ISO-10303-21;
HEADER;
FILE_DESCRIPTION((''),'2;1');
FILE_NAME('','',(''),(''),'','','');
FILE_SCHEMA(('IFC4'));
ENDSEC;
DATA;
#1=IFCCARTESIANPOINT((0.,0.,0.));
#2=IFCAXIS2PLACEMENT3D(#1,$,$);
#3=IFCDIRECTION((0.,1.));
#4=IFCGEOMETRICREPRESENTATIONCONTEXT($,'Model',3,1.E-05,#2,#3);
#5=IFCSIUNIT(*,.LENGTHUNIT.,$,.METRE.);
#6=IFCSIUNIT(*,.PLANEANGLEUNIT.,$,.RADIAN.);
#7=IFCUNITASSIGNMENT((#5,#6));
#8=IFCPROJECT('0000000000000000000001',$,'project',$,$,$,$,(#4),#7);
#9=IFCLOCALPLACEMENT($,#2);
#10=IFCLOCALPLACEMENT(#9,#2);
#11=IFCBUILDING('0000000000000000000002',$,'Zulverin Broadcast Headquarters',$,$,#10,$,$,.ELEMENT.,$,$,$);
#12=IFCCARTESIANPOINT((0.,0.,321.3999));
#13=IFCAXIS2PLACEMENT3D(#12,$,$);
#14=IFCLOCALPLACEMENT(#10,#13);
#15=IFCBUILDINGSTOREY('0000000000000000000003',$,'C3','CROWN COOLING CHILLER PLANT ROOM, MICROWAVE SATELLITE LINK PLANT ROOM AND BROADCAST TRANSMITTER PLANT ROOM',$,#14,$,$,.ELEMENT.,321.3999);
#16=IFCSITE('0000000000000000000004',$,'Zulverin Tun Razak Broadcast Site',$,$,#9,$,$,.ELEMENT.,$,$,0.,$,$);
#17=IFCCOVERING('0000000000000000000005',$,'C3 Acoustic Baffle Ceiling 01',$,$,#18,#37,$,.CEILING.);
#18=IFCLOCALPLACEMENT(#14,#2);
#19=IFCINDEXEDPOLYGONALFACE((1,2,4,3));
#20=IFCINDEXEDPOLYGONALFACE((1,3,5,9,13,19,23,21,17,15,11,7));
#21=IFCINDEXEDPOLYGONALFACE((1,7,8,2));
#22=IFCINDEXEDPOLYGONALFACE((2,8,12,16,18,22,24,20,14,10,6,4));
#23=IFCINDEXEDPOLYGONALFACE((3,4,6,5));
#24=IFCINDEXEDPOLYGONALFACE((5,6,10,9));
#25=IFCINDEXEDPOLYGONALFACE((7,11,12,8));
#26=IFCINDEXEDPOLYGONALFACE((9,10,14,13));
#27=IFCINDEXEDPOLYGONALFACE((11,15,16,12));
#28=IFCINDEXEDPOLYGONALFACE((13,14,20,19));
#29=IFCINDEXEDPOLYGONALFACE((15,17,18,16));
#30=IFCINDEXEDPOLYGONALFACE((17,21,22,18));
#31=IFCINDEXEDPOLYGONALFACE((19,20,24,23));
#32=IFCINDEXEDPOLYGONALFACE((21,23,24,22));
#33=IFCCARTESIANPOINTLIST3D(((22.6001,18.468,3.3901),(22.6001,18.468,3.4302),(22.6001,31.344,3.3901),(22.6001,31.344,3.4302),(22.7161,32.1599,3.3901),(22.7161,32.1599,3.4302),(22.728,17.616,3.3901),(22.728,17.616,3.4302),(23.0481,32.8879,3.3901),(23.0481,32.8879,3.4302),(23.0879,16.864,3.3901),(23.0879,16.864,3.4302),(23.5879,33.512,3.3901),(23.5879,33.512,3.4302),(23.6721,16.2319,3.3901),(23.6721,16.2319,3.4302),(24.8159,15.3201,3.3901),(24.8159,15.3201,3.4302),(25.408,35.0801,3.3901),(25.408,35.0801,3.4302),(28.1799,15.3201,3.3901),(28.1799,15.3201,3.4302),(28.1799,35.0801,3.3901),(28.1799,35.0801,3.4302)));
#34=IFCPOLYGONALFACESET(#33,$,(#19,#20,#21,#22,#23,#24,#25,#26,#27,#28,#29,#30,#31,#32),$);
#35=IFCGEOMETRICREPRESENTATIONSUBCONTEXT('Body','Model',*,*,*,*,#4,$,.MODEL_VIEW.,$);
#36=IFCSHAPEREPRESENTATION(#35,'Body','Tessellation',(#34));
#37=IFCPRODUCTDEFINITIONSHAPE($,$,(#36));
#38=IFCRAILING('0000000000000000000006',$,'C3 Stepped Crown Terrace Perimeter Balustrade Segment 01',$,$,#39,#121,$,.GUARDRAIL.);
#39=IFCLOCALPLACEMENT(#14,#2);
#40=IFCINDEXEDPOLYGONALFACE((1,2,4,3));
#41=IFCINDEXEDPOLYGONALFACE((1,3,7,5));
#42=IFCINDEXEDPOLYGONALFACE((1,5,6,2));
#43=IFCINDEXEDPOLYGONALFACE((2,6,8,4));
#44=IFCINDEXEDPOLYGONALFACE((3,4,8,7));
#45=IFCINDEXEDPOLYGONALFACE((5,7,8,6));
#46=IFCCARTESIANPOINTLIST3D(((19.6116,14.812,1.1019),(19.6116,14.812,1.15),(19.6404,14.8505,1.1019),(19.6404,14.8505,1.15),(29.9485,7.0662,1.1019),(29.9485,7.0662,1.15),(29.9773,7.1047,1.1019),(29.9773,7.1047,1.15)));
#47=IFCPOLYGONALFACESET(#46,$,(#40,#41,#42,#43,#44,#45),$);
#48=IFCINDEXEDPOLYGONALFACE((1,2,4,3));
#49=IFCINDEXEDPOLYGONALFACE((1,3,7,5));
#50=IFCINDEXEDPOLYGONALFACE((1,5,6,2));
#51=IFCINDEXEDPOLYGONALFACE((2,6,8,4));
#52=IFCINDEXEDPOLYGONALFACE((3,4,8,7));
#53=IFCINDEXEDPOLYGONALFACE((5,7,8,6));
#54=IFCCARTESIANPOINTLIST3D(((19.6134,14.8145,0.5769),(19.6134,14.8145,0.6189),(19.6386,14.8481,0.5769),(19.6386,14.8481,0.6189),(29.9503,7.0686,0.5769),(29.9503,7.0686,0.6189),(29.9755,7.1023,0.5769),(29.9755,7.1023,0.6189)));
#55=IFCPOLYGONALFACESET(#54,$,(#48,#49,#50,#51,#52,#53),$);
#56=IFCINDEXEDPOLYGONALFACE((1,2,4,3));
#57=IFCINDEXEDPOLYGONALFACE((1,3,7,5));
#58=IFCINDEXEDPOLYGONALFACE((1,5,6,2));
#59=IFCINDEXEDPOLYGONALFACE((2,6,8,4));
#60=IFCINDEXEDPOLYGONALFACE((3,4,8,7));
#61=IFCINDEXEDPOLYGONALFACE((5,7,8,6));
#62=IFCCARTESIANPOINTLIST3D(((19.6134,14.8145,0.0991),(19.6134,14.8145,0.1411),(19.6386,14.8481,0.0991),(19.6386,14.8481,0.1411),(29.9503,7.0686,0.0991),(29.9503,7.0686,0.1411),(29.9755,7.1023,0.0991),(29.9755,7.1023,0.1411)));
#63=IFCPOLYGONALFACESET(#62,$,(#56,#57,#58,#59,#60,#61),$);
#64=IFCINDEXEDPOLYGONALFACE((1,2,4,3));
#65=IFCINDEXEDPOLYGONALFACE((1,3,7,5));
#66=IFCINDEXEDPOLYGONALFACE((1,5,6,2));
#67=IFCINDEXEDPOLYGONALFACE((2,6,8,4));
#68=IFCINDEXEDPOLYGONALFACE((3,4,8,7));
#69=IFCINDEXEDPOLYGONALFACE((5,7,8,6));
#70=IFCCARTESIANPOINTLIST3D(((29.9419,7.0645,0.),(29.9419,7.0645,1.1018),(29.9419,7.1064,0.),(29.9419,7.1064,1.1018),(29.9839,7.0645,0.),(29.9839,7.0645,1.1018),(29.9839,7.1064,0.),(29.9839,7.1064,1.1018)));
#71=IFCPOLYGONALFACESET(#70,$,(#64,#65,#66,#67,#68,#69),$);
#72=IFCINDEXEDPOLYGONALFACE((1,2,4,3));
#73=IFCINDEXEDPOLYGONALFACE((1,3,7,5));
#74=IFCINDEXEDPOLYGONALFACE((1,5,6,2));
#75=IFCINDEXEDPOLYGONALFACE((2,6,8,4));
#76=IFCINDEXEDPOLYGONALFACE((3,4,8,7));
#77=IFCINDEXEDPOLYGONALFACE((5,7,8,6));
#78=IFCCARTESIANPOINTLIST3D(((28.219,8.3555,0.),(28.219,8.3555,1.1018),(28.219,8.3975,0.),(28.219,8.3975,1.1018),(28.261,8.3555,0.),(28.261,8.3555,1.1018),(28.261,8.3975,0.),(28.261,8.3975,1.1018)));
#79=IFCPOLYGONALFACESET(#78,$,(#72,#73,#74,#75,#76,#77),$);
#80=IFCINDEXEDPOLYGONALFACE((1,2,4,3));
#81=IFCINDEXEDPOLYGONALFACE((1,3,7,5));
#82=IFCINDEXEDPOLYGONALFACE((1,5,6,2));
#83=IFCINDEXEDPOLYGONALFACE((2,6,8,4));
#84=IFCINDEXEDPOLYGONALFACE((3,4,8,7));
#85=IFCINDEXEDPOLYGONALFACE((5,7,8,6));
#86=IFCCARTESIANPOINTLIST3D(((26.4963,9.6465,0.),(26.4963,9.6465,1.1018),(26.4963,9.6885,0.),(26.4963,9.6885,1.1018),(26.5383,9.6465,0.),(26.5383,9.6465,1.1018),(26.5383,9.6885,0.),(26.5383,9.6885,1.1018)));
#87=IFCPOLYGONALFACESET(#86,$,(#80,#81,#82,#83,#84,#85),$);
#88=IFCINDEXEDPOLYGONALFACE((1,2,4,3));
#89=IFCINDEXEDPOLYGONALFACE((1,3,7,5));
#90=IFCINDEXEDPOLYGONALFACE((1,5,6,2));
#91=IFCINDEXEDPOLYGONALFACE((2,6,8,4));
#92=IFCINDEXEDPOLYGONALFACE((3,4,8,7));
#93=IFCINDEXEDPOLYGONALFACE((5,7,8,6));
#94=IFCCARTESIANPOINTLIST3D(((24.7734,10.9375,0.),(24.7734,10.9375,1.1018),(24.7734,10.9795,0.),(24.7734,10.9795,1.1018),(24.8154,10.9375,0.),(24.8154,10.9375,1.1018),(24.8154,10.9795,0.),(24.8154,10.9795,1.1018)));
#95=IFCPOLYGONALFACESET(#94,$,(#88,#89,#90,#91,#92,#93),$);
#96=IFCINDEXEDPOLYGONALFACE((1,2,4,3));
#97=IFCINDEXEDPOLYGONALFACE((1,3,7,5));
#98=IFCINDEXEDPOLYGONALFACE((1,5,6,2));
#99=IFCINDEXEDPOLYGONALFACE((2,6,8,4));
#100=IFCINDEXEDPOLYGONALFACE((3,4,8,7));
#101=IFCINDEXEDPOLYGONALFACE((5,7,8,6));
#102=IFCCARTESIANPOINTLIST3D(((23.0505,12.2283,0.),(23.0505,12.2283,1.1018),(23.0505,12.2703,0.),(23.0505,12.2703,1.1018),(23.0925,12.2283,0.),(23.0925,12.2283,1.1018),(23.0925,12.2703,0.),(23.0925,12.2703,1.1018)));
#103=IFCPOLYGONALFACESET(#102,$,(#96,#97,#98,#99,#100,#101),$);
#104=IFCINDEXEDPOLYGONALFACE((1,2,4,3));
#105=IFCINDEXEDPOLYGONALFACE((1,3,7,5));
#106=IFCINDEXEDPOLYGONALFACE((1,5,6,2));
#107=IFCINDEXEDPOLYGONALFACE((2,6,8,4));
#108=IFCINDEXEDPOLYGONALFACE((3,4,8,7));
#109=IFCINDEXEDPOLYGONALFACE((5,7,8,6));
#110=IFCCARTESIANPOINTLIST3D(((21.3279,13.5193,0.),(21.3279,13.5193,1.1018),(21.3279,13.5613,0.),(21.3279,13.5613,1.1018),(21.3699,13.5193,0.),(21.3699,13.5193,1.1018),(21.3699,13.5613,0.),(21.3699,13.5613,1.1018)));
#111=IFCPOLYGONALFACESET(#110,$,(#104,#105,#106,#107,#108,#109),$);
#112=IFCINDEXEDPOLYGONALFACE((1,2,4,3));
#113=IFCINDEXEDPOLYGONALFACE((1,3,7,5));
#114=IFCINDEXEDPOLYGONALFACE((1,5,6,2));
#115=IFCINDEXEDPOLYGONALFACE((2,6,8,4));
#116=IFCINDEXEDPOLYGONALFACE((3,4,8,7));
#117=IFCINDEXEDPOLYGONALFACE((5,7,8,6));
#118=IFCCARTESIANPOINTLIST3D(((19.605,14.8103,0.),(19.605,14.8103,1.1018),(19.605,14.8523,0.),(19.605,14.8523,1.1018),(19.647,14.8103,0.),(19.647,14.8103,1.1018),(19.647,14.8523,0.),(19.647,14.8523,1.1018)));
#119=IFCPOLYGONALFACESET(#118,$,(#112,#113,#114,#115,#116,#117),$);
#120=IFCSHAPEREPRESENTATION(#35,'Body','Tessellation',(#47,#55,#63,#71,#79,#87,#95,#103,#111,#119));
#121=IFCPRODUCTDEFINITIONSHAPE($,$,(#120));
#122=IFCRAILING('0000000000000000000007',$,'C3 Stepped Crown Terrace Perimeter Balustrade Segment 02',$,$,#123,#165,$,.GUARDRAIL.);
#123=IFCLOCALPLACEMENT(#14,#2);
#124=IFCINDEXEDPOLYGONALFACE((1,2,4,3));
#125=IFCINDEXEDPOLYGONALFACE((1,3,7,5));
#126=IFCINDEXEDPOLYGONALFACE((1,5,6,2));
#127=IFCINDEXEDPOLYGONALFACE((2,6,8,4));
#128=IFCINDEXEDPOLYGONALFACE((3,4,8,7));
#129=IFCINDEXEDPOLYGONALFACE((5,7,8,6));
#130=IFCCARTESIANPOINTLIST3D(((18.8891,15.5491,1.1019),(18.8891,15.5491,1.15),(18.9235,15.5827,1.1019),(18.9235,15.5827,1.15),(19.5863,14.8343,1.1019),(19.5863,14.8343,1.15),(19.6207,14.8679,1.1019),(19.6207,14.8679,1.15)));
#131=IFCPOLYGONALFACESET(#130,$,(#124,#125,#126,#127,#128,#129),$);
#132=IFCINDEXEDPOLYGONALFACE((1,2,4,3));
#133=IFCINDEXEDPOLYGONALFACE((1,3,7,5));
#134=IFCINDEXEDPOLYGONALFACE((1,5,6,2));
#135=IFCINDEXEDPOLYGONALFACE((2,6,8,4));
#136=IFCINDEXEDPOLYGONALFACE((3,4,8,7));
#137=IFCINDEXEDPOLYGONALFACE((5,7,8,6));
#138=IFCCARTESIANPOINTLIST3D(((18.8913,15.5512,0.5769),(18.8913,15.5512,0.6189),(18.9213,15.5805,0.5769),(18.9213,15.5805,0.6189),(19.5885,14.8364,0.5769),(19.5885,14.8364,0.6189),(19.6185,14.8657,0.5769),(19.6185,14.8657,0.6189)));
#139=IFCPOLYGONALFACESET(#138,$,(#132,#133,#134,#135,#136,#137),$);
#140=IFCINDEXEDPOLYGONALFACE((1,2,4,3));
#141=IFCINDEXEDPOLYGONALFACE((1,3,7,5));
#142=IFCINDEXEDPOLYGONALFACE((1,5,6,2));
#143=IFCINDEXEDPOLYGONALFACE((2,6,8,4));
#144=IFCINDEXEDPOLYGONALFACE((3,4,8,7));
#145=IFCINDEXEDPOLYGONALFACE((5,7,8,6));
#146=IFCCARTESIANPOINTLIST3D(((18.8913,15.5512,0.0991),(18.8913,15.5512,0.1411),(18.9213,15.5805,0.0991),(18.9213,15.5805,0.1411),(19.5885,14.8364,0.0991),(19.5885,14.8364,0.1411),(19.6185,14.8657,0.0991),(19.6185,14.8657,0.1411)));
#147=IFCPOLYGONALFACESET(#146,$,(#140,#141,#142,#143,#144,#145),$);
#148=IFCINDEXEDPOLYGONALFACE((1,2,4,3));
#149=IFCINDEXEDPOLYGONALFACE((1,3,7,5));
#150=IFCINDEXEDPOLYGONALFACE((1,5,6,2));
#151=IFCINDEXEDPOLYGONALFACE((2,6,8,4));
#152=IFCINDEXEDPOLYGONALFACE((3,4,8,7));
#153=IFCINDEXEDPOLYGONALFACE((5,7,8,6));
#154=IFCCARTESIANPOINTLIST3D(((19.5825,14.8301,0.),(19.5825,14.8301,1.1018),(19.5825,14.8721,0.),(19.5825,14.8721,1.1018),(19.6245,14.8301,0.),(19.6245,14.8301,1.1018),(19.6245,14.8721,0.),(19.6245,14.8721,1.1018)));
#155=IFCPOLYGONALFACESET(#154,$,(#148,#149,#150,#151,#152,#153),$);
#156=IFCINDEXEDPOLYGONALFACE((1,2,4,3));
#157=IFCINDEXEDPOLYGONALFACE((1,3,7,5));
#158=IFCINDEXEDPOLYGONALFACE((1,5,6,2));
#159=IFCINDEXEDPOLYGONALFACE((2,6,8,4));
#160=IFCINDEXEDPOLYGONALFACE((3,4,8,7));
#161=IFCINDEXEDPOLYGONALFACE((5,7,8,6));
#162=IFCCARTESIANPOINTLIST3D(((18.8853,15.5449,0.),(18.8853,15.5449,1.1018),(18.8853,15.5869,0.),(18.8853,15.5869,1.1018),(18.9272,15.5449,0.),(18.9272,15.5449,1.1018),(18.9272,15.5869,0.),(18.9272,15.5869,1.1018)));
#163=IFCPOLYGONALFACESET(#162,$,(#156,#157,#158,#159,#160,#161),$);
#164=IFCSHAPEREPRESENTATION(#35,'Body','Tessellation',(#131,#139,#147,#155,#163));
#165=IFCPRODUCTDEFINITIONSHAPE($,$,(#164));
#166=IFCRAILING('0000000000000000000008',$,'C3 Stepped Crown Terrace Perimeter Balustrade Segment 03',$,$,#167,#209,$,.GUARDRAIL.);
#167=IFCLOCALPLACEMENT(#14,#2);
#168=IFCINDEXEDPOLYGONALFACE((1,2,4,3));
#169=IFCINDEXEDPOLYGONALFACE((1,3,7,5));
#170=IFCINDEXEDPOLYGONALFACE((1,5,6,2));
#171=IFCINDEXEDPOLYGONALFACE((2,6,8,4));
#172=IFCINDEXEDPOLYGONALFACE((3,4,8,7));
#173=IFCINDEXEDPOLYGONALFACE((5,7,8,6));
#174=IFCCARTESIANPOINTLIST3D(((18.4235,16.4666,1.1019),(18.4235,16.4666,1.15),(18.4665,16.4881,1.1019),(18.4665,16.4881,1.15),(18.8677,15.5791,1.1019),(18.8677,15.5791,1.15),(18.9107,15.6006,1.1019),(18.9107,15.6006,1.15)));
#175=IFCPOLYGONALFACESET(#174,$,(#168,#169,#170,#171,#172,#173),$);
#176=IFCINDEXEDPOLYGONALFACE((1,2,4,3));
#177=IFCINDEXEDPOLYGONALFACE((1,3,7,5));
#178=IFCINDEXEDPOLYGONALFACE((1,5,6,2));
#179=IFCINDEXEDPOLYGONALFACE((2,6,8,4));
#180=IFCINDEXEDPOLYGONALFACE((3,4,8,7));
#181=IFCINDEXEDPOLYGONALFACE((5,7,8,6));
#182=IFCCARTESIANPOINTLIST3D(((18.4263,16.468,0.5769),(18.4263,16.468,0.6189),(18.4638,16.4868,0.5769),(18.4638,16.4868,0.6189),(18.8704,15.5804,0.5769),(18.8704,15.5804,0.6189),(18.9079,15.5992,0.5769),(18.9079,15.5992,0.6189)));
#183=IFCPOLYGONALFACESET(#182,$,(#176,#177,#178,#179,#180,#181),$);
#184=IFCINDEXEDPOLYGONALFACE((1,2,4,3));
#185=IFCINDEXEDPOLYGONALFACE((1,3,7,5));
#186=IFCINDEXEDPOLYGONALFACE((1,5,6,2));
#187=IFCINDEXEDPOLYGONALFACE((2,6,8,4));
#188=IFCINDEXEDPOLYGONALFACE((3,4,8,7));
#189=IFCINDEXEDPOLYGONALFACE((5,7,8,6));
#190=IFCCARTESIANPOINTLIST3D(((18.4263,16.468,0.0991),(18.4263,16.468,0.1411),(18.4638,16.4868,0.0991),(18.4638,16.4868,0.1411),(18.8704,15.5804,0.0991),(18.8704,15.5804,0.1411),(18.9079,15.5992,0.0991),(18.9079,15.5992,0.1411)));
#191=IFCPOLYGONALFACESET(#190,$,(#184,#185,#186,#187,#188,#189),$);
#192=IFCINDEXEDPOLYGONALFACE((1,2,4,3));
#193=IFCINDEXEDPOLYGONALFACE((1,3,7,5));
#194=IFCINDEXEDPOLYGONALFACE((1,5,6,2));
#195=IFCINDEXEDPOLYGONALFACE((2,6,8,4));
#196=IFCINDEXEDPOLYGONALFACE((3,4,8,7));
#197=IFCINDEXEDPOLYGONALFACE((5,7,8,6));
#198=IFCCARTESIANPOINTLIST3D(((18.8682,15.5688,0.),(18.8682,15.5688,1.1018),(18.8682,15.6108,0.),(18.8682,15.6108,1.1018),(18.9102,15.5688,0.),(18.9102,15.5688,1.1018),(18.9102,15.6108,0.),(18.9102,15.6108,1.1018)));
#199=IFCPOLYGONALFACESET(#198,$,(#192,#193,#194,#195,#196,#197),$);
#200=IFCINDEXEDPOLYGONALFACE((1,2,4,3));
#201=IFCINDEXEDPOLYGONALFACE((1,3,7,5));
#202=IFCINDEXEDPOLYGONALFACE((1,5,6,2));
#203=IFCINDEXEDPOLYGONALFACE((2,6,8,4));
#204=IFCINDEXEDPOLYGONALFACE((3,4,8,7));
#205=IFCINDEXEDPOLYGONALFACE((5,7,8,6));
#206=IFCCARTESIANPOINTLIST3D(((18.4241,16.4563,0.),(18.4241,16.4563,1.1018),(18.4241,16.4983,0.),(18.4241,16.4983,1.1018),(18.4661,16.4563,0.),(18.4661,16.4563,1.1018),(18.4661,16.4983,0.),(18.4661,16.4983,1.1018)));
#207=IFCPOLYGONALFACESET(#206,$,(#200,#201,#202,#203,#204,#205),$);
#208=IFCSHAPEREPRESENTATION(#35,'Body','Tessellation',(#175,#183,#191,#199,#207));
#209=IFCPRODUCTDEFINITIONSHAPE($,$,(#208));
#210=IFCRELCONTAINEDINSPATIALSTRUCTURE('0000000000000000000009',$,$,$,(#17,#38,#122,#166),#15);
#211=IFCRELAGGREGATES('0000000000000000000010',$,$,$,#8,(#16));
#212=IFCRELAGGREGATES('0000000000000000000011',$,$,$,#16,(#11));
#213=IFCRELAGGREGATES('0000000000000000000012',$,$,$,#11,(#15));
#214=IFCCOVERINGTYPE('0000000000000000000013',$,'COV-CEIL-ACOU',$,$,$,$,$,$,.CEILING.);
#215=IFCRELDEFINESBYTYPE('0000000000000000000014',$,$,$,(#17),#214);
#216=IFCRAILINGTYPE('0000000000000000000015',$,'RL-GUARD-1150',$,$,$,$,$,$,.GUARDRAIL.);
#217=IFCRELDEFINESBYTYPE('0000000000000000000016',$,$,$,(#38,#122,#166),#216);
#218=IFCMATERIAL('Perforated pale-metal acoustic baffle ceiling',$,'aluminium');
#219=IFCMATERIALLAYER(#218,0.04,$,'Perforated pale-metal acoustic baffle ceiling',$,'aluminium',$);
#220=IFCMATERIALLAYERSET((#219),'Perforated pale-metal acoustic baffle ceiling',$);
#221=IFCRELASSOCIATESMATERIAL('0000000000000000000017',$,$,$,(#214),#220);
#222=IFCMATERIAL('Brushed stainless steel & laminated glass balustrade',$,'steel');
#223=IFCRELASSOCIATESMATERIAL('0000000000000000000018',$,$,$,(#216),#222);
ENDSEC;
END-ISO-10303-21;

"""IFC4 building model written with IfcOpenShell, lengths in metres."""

from ifc_helpers import new_model, si_unit, direction, frame, origin, origin_2d, place, context, subcontext, project, spatial, polyline, rectangle, outline, extrude, material, layer, layer_set, type_object, element, save


model = new_model("IFC4")

# Units and contexts
model_context = context("Model", 3, precision=1e-05, world=origin(), true_north=direction((0.0, 1.0)))
body_context = subcontext(model_context, "Body", "Model", "MODEL_VIEW")
ifc_project = project(units=[si_unit("LENGTHUNIT", "METRE"), si_unit("PLANEANGLEUNIT", "RADIAN")], contexts=[model_context])

# Site, building, storey
site_placement = place(None, origin())
site = spatial("IfcSite", under=ifc_project, at=site_placement, Name="Zulverin Tun Razak Broadcast Site", CompositionType="ELEMENT", RefElevation=0.0)
building_placement = place(site_placement, origin())
building = spatial("IfcBuilding", under=site, at=building_placement, Name="Zulverin Broadcast Headquarters", CompositionType="ELEMENT")
storey_placement = place(building_placement, frame((0.0, 0.0, 321.3999)))
storey = spatial("IfcBuildingStorey", under=building, at=storey_placement, Name="C3", Description="CROWN COOLING CHILLER PLANT ROOM, MICROWAVE SATELLITE LINK PLANT ROOM AND BROADCAST TRANSMITTER PLANT ROOM", CompositionType="ELEMENT", Elevation=321.3999)

# Covering
ifc_material_1 = material(Name="Perforated pale-metal acoustic baffle ceiling", Category="aluminium")
ifc_layer_1 = layer(ifc_material_1, 0.04, Name="Perforated pale-metal acoustic baffle ceiling", Category="aluminium")
ifc_layer_set_1 = layer_set([ifc_layer_1], Name="Perforated pale-metal acoustic baffle ceiling")
covering_type = type_object("IfcCoveringType", Name="COV-CEIL-ACOU", PredefinedType="CEILING", material=ifc_layer_set_1)
covering_placement = place(storey_placement, frame((0.0, 0.0, 3.3901)))
element("IfcCovering", 1, at=covering_placement, inside=storey, type_object=covering_type, Name="C3 Acoustic Baffle Ceiling 01", PredefinedType="CEILING", context=body_context, shape_type="SweptSolid", body=[
    extrude(outline(polyline([(22.7161, 32.1599), (22.6001, 31.344), (22.6001, 18.468), (22.728, 17.616), (23.0879, 16.864), (23.6721, 16.2319), (24.8159, 15.3201), (28.1799, 15.3201), (28.1799, 35.0801), (25.408, 35.0801), (23.5879, 33.512), (23.0481, 32.8879), (22.7161, 32.1599)])), origin(), (0.0, 0.0, 1.0), 0.04),
])

# Railings
ifc_material_2 = material(Name="Brushed stainless steel & laminated glass balustrade", Category="steel")
railing_type = type_object("IfcRailingType", Name="RL-GUARD-1150", PredefinedType="GUARDRAIL", material=ifc_material_2)
railing_1_placement = place(storey_placement, frame((29.9629, 7.0854, 0.0)))
element("IfcRailing", 2, at=railing_1_placement, inside=storey, type_object=railing_type, Name="C3 Stepped Crown Terrace Perimeter Balustrade Segment 01", PredefinedType="GUARDRAIL", context=body_context, shape_type="SweptSolid", body=[
    extrude(rectangle(XDim=0.0481, YDim=0.0481, at=origin_2d()), frame((0.0, 0.0, 1.126), z_axis=(-0.800254, 0.599661, 0.0), x_axis=(-0.599661, -0.800254, 0.0)), (0.0, 0.0, 1.0), 12.917),
    extrude(rectangle(XDim=0.042, YDim=0.042, at=origin_2d()), frame((0.0, 0.0, 0.5979), z_axis=(-0.800254, 0.599661, 0.0), x_axis=(-0.599661, -0.800254, 0.0)), (0.0, 0.0, 1.0), 12.917),
    extrude(rectangle(XDim=0.042, YDim=0.042, at=origin_2d()), frame((0.0, 0.0, 0.1201), z_axis=(-0.800254, 0.599661, 0.0), x_axis=(-0.599661, -0.800254, 0.0)), (0.0, 0.0, 1.0), 12.917),
    extrude(rectangle(XDim=0.042, YDim=0.042, at=origin_2d()), origin(), (0.0, 0.0, 1.0), 1.1018),
    extrude(rectangle(XDim=0.042, YDim=0.042, at=origin_2d()), frame((-1.7229, 1.291, 0.0)), (0.0, 0.0, 1.0), 1.1018),
    extrude(rectangle(XDim=0.042, YDim=0.042, at=origin_2d()), frame((-3.4456, 2.582, 0.0)), (0.0, 0.0, 1.0), 1.1018),
    extrude(rectangle(XDim=0.042, YDim=0.042, at=origin_2d()), frame((-5.1685, 3.873, 0.0)), (0.0, 0.0, 1.0), 1.1018),
    extrude(rectangle(XDim=0.042, YDim=0.042, at=origin_2d()), frame((-6.8914, 5.1638, 0.0)), (0.0, 0.0, 1.0), 1.1018),
    extrude(rectangle(XDim=0.042, YDim=0.042, at=origin_2d()), frame((-8.614, 6.4548, 0.0)), (0.0, 0.0, 1.0), 1.1018),
    extrude(rectangle(XDim=0.042, YDim=0.042, at=origin_2d()), frame((-10.3369, 7.7458, 0.0)), (0.0, 0.0, 1.0), 1.1018),
])
railing_2_placement = place(storey_placement, frame((19.6035, 14.8511, 0.0)))
element("IfcRailing", 3, at=railing_2_placement, inside=storey, type_object=railing_type, Name="C3 Stepped Crown Terrace Perimeter Balustrade Segment 02", PredefinedType="GUARDRAIL", context=body_context, shape_type="SweptSolid", body=[
    extrude(rectangle(XDim=0.0481, YDim=0.0481, at=origin_2d()), frame((0.0, 0.0, 1.126), z_axis=(-0.698251, 0.715853, 0.0), x_axis=(-0.715853, -0.698251, 0.0)), (0.0, 0.0, 1.0), 0.9985),
    extrude(rectangle(XDim=0.042, YDim=0.042, at=origin_2d()), frame((0.0, 0.0, 0.5979), z_axis=(-0.698251, 0.715853, 0.0), x_axis=(-0.715853, -0.698251, 0.0)), (0.0, 0.0, 1.0), 0.9985),
    extrude(rectangle(XDim=0.042, YDim=0.042, at=origin_2d()), frame((0.0, 0.0, 0.1201), z_axis=(-0.698251, 0.715853, 0.0), x_axis=(-0.715853, -0.698251, 0.0)), (0.0, 0.0, 1.0), 0.9985),
    extrude(rectangle(XDim=0.042, YDim=0.042, at=origin_2d()), origin(), (0.0, 0.0, 1.0), 1.1018),
    extrude(rectangle(XDim=0.042, YDim=0.042, at=origin_2d()), frame((-0.6973, 0.7148, 0.0)), (0.0, 0.0, 1.0), 1.1018),
])
railing_3_placement = place(storey_placement, frame((18.8892, 15.5898, 0.0)))
element("IfcRailing", 4, at=railing_3_placement, inside=storey, type_object=railing_type, Name="C3 Stepped Crown Terrace Perimeter Balustrade Segment 03", PredefinedType="GUARDRAIL", context=body_context, shape_type="SweptSolid", body=[
    extrude(rectangle(XDim=0.0481, YDim=0.0481, at=origin_2d()), frame((0.0, 0.0, 1.126), z_axis=(-0.447509, 0.89428, 0.0), x_axis=(-0.89428, -0.447509, 0.0)), (0.0, 0.0, 1.0), 0.9924),
    extrude(rectangle(XDim=0.042, YDim=0.042, at=origin_2d()), frame((0.0, 0.0, 0.5979), z_axis=(-0.447509, 0.89428, 0.0), x_axis=(-0.89428, -0.447509, 0.0)), (0.0, 0.0, 1.0), 0.9924),
    extrude(rectangle(XDim=0.042, YDim=0.042, at=origin_2d()), frame((0.0, 0.0, 0.1201), z_axis=(-0.447509, 0.89428, 0.0), x_axis=(-0.89428, -0.447509, 0.0)), (0.0, 0.0, 1.0), 0.9924),
    extrude(rectangle(XDim=0.042, YDim=0.042, at=origin_2d()), origin(), (0.0, 0.0, 1.0), 1.1018),
    extrude(rectangle(XDim=0.042, YDim=0.042, at=origin_2d()), frame((-0.4441, 0.8875, 0.0)), (0.0, 0.0, 1.0), 1.1018),
])

save(model, "model.ifc")
